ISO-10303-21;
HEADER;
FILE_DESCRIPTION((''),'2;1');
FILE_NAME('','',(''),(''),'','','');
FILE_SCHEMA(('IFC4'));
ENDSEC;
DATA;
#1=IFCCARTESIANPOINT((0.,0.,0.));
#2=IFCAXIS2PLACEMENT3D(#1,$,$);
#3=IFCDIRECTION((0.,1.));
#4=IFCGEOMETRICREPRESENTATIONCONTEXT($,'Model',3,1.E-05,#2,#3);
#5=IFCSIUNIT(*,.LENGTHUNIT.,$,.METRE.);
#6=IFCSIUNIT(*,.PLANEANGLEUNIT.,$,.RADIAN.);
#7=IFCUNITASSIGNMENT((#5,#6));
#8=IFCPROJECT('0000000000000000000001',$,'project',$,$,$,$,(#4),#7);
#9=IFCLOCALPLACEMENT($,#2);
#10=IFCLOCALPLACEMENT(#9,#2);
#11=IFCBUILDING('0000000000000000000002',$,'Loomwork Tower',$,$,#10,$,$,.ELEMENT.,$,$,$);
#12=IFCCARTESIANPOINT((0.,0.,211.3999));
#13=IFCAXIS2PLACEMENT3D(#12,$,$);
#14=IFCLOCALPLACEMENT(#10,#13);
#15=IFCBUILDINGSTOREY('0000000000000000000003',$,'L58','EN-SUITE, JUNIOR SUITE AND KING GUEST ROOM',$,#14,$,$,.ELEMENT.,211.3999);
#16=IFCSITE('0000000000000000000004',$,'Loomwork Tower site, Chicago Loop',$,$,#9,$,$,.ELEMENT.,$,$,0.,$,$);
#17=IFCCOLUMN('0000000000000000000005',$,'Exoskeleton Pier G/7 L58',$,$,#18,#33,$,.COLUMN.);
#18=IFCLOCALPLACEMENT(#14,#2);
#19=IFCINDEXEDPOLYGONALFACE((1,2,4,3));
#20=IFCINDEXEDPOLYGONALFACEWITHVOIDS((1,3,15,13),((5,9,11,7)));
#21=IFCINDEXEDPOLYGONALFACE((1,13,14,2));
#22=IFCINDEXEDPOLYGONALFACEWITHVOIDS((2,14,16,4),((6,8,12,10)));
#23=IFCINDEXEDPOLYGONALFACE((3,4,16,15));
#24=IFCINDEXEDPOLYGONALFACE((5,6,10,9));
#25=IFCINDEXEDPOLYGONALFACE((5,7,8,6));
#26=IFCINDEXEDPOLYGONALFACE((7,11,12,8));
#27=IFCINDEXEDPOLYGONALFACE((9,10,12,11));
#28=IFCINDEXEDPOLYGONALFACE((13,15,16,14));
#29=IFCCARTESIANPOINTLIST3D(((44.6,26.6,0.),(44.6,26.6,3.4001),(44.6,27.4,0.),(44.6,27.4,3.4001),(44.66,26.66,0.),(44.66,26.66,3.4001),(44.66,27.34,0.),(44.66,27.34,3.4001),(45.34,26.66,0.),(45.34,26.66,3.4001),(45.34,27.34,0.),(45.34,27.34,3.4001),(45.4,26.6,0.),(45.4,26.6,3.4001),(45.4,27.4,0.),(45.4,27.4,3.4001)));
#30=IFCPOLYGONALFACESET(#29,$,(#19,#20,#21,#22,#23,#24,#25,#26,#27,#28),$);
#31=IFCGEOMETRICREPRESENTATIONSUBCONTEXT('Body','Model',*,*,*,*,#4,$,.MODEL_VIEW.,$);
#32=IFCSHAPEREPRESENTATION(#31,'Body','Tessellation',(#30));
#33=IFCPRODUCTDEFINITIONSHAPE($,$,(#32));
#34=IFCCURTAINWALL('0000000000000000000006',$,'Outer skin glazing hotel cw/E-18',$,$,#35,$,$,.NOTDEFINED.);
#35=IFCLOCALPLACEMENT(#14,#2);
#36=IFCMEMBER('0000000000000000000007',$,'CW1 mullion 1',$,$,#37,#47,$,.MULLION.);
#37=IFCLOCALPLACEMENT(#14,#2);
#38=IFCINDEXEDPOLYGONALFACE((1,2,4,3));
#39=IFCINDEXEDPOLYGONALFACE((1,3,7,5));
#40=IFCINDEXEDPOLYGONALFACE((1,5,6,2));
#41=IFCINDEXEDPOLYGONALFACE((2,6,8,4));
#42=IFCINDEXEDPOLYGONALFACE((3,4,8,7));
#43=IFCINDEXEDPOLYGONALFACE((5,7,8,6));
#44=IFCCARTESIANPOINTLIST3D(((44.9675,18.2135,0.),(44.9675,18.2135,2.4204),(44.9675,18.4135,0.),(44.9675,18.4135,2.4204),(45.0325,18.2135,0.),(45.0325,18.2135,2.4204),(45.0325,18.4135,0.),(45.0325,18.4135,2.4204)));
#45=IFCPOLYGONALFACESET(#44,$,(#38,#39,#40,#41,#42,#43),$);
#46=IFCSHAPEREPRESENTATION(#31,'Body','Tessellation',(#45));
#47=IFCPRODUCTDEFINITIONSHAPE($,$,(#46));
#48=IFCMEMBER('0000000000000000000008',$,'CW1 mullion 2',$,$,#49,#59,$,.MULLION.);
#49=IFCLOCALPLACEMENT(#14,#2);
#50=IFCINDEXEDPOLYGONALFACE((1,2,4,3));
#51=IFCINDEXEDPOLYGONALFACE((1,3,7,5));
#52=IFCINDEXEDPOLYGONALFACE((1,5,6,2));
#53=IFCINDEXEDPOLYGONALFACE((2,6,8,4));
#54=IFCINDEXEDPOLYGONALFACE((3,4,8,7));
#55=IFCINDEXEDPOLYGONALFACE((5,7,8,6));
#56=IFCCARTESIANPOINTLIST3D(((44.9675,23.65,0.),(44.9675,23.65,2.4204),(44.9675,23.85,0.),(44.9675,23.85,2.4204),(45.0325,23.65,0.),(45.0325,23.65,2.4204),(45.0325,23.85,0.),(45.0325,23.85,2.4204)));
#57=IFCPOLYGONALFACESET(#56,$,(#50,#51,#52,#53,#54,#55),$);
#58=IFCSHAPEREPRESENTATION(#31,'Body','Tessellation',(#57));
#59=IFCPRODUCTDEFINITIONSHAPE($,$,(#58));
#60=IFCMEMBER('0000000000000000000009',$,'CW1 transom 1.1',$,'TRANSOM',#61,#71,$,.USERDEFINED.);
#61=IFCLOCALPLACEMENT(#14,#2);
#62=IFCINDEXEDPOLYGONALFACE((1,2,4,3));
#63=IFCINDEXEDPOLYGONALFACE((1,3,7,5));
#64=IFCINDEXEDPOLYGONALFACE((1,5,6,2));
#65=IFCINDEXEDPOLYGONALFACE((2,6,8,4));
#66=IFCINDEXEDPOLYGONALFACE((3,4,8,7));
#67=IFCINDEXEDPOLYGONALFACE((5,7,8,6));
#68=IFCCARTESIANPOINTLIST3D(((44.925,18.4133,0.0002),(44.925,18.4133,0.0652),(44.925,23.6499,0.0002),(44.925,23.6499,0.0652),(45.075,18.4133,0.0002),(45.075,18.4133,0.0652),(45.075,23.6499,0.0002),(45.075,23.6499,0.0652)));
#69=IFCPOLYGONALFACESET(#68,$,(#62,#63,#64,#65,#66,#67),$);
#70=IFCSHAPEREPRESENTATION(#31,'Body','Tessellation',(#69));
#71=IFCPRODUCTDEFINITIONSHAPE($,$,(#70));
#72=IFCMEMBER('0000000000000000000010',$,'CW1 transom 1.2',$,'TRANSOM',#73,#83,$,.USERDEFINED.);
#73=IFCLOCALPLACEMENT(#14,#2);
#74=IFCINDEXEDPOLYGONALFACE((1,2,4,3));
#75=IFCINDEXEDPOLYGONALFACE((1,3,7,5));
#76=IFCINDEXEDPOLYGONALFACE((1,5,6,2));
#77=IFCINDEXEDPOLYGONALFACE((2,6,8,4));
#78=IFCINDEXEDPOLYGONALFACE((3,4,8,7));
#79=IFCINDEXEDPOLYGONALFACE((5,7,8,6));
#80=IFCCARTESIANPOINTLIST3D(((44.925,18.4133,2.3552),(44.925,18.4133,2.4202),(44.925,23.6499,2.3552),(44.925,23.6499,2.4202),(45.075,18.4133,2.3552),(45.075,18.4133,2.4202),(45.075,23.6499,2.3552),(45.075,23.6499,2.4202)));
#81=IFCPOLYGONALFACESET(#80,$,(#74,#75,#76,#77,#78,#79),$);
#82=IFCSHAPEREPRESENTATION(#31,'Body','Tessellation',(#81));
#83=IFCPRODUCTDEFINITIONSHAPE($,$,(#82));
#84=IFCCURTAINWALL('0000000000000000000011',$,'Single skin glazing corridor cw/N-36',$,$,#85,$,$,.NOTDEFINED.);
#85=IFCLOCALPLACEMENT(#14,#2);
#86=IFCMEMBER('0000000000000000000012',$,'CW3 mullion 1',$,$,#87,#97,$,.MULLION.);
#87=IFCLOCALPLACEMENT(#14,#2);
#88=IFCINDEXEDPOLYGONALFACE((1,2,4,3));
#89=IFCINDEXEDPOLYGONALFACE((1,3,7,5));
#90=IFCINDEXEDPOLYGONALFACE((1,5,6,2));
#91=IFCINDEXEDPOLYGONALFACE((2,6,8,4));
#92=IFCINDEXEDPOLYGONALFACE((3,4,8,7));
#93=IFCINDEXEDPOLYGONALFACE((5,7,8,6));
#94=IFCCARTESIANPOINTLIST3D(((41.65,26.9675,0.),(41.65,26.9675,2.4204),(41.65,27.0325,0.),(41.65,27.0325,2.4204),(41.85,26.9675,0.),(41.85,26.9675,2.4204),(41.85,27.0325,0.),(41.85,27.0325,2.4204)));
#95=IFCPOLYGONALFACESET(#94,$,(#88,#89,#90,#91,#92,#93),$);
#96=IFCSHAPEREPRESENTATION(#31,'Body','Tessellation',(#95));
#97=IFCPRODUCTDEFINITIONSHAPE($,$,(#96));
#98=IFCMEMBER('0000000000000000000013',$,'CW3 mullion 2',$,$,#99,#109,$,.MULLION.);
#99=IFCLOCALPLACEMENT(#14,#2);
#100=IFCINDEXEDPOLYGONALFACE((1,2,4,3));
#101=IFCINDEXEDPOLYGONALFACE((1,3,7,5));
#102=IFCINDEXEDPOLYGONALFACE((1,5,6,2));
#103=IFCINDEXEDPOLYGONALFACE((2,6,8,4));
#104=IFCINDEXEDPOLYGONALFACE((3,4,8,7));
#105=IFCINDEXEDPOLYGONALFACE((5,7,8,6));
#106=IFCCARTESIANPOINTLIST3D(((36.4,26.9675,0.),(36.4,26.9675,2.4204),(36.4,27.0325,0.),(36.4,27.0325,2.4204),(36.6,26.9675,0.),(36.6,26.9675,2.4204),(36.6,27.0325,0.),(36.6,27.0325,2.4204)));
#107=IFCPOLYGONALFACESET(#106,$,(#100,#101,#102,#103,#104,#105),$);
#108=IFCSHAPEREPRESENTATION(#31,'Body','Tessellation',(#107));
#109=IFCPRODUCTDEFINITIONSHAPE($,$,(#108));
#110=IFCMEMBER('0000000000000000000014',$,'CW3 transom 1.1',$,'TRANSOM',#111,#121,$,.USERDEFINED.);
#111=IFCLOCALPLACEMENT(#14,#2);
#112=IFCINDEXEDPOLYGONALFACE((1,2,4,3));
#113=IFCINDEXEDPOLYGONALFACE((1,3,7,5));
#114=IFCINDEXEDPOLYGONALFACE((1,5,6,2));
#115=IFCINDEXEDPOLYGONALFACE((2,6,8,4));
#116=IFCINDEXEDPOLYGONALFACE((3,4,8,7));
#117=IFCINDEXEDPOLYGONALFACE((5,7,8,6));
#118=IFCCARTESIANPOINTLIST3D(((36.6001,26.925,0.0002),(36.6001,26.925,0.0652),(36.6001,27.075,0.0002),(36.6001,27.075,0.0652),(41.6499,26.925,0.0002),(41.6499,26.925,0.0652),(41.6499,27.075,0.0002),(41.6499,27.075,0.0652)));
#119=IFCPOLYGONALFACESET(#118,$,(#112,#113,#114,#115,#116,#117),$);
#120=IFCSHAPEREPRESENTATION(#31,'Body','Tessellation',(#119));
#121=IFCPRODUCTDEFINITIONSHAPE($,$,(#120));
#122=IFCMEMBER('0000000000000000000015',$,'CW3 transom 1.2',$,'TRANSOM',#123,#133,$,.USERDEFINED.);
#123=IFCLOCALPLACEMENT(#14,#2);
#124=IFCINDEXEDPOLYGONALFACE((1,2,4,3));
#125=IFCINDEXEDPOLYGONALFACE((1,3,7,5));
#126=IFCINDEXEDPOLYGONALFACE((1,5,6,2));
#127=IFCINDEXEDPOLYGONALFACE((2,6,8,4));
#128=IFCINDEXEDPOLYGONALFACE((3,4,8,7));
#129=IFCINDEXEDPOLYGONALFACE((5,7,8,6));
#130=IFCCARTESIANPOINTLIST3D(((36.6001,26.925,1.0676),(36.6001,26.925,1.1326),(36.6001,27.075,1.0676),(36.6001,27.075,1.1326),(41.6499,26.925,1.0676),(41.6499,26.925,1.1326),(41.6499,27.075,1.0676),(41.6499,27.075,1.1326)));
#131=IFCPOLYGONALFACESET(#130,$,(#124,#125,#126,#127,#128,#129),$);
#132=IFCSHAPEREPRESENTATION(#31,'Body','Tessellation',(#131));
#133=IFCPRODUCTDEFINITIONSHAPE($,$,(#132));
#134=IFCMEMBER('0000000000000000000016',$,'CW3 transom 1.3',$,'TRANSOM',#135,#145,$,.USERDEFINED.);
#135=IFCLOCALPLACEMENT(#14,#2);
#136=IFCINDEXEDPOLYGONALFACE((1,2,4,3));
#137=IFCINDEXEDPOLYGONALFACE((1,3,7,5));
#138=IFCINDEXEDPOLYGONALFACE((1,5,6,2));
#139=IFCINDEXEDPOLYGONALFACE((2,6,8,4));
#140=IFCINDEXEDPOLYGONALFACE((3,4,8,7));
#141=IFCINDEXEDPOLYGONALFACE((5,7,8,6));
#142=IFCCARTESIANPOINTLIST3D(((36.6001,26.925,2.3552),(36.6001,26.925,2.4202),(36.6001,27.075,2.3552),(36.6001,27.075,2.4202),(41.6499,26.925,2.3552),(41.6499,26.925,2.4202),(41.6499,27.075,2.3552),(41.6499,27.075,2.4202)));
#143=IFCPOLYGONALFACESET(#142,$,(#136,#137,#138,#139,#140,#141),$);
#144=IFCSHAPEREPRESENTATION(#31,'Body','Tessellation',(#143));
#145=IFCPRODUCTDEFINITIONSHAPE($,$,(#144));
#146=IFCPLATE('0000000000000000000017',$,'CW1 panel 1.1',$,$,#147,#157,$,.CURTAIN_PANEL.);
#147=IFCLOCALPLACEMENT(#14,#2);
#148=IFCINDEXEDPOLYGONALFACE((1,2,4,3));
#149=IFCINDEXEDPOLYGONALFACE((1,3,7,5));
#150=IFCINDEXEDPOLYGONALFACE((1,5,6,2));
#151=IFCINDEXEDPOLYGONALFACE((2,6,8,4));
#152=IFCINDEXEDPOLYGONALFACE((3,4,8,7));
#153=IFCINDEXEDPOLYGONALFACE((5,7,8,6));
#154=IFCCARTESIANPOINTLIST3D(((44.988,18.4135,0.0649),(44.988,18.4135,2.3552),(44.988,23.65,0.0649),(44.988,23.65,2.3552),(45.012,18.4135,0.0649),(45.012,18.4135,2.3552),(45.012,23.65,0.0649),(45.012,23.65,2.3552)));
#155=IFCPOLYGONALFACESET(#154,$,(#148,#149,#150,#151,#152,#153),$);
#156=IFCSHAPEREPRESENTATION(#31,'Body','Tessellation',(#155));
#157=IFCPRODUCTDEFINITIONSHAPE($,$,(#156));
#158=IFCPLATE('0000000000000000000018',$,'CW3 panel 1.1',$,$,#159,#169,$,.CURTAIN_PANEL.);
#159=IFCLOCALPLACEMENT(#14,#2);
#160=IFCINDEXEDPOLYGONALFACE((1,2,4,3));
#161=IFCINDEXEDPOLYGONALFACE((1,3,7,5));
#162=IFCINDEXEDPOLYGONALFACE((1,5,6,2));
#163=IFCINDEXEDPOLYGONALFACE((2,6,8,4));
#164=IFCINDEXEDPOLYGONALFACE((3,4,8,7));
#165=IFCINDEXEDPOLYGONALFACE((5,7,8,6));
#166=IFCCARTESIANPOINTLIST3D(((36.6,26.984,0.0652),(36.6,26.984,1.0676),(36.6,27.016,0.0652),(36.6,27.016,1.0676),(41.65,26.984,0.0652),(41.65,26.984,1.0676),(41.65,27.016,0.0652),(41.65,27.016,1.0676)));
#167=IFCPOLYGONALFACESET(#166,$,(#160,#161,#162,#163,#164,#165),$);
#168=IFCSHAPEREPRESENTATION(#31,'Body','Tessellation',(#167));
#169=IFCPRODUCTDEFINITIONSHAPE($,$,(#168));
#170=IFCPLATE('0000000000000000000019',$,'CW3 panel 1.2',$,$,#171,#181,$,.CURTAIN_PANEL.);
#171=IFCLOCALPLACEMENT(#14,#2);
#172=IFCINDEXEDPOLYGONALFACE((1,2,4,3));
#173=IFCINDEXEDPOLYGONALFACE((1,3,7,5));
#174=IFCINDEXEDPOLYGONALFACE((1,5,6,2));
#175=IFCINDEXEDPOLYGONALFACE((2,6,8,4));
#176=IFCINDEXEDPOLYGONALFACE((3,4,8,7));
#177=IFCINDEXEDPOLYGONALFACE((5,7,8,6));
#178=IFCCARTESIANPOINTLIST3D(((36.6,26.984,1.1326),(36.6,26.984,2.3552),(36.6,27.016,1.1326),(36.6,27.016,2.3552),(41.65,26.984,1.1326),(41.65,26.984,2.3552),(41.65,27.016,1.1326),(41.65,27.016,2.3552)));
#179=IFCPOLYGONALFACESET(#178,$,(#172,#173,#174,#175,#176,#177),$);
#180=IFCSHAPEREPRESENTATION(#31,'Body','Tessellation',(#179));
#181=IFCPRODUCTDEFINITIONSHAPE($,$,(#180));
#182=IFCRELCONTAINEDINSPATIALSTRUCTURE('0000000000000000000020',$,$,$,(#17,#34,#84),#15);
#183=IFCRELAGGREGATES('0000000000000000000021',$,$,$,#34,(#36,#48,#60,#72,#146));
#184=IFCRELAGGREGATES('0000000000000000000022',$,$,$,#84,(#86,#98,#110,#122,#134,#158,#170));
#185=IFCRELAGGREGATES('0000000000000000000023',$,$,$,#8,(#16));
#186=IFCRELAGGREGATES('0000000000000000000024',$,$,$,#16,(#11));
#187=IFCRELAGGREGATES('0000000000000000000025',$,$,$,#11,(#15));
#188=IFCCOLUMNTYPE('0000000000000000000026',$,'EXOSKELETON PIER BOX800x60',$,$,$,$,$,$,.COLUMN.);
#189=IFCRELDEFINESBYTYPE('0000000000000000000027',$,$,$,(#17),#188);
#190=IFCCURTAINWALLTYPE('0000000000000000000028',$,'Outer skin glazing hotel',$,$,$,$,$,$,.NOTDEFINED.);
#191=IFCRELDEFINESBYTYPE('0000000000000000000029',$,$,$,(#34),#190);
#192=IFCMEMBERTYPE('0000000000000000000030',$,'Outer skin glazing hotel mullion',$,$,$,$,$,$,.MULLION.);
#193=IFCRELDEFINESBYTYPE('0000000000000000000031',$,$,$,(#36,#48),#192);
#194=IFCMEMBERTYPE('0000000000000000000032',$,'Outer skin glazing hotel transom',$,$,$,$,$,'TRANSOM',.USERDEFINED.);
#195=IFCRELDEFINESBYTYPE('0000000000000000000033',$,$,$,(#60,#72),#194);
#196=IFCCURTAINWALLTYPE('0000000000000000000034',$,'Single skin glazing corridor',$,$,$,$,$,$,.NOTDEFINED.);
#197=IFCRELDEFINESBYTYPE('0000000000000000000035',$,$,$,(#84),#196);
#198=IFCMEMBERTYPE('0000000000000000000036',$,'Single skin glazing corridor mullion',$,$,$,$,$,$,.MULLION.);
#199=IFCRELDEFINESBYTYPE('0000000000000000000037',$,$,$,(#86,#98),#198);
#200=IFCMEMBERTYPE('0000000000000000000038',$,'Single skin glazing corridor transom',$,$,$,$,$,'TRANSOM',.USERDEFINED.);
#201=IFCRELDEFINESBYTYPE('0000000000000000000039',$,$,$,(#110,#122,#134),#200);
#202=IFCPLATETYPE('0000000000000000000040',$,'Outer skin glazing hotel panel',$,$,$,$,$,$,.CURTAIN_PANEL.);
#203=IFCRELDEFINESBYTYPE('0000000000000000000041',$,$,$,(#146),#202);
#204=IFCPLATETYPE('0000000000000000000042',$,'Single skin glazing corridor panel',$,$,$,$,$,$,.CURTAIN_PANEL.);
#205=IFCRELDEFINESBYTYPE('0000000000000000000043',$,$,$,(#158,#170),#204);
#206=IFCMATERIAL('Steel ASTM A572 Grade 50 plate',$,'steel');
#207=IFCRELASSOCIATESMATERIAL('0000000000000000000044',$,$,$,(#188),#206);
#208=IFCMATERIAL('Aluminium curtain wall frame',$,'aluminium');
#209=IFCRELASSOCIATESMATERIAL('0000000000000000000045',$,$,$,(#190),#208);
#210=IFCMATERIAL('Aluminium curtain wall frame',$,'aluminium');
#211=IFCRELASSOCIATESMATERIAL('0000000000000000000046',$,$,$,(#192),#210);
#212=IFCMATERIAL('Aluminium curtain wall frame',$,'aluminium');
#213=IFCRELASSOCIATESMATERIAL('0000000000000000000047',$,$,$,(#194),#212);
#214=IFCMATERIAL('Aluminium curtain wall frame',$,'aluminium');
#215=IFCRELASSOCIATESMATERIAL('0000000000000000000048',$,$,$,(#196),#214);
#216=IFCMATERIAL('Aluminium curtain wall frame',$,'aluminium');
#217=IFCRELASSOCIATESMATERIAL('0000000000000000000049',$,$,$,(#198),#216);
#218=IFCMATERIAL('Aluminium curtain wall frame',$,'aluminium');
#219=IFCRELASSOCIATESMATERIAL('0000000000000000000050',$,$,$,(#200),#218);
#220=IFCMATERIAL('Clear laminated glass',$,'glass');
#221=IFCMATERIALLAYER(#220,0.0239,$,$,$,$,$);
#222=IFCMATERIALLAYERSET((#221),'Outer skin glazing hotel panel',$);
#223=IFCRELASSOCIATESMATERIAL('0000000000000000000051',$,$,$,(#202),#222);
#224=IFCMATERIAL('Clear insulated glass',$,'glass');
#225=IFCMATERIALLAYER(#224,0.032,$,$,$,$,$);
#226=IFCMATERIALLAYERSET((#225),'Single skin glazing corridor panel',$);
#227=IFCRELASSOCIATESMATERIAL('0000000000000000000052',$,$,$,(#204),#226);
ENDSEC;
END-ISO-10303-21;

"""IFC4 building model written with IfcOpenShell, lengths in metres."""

from ifc_helpers import new_model, si_unit, direction, frame, origin, origin_2d, place, context, subcontext, project, spatial, rectangle, hollow_rectangle, extrude, material, layer, layer_set, material_profile, profile_set, type_object, element, aggregate, save


model = new_model("IFC4")

# Units and contexts
model_context = context("Model", 3, precision=1e-05, world=origin(), true_north=direction((0.0, 1.0)))
body_context = subcontext(model_context, "Body", "Model", "MODEL_VIEW")
ifc_project = project(units=[si_unit("LENGTHUNIT", "METRE"), si_unit("PLANEANGLEUNIT", "RADIAN")], contexts=[model_context])

# Site, building, storey
site_placement = place(None, origin())
site = spatial("IfcSite", under=ifc_project, at=site_placement, Name="Loomwork Tower site, Chicago Loop", CompositionType="ELEMENT", RefElevation=0.0)
building_placement = place(site_placement, origin())
building = spatial("IfcBuilding", under=site, at=building_placement, Name="Loomwork Tower", CompositionType="ELEMENT")
storey_placement = place(building_placement, frame((0.0, 0.0, 211.3999)))
storey = spatial("IfcBuildingStorey", under=building, at=storey_placement, Name="L58", Description="EN-SUITE, JUNIOR SUITE AND KING GUEST ROOM", CompositionType="ELEMENT", Elevation=211.3999)

# Column
ifc_material_1 = material(Name="Steel ASTM A572 Grade 50 plate", Category="steel")
ifc_material_profile_1 = material_profile(ifc_material_1, hollow_rectangle(XDim=0.8, YDim=0.8, WallThickness=0.0601, at=origin_2d()), Name="BOX800x60")
ifc_profile_set_1 = profile_set([ifc_material_profile_1], Name="Steel ASTM A572 Grade 50 plate")
column_type = type_object("IfcColumnType", Name="EXOSKELETON PIER BOX800x60", PredefinedType="COLUMN", material=ifc_profile_set_1)
column_placement = place(storey_placement, frame((45.0, 27.0, 0.0), z_axis=(0.0, 0.0, 1.0), x_axis=(0.0, 1.0, 0.0)))
element("IfcColumn", 1, at=column_placement, inside=storey, type_object=column_type, Name="Exoskeleton Pier G/7 L58", PredefinedType="COLUMN", context=body_context, shape_type="SweptSolid", body=[
    extrude(hollow_rectangle(XDim=0.8, YDim=0.8, WallThickness=0.0601, at=origin_2d()), origin(), (0.0, 0.0, 1.0), 3.4001),
])

# Curtain walls, members
ifc_material_2 = material(Name="Aluminium curtain wall frame", Category="aluminium")
curtain_wall_type_1 = type_object("IfcCurtainWallType", Name="Outer skin glazing hotel", PredefinedType="NOTDEFINED", material=ifc_material_2)
curtain_wall_1_placement = place(storey_placement, origin())
curtain_wall_1 = element("IfcCurtainWall", 2, at=curtain_wall_1_placement, inside=storey, type_object=curtain_wall_type_1, Name="Outer skin glazing hotel cw/E-18", PredefinedType="NOTDEFINED")
ifc_material_3 = material(Name="Aluminium curtain wall frame", Category="aluminium")
ifc_material_profile_2 = material_profile(ifc_material_3, rectangle(XDim=0.0649, YDim=0.2, at=origin_2d()), Name="AL 65x200")
ifc_profile_set_2 = profile_set([ifc_material_profile_2], Name="Aluminium curtain wall frame")
member_type_1 = type_object("IfcMemberType", Name="Outer skin glazing hotel mullion", PredefinedType="MULLION", material=ifc_profile_set_2)
member_1_placement = place(storey_placement, frame((45.0, 18.3135, 0.0), z_axis=(0.0, 0.0, 1.0), x_axis=(-1.0, 0.0, 0.0)))
member_1 = element("IfcMember", 3, at=member_1_placement, type_object=member_type_1, Name="CW1 mullion 1", PredefinedType="MULLION", context=body_context, shape_type="SweptSolid", body=[
    extrude(rectangle(XDim=0.0649, YDim=0.2, at=origin_2d()), origin(), (0.0, 0.0, 1.0), 2.4204),
])
member_2_placement = place(storey_placement, frame((45.0, 23.75, 0.0), z_axis=(0.0, 0.0, 1.0), x_axis=(-1.0, 0.0, 0.0)))
member_2 = element("IfcMember", 4, at=member_2_placement, type_object=member_type_1, Name="CW1 mullion 2", PredefinedType="MULLION", context=body_context, shape_type="SweptSolid", body=[
    extrude(rectangle(XDim=0.0649, YDim=0.2, at=origin_2d()), origin(), (0.0, 0.0, 1.0), 2.4204),
])
ifc_material_4 = material(Name="Aluminium curtain wall frame", Category="aluminium")
ifc_material_profile_3 = material_profile(ifc_material_4, rectangle(XDim=0.1499, YDim=0.0649, at=origin_2d()), Name="AL 65x150")
ifc_profile_set_3 = profile_set([ifc_material_profile_3], Name="Aluminium curtain wall frame")
member_type_2 = type_object("IfcMemberType", Name="Outer skin glazing hotel transom", ElementType="TRANSOM", PredefinedType="USERDEFINED", material=ifc_profile_set_3)
member_3_placement = place(storey_placement, frame((45.0, 18.4133, 0.0327), z_axis=(0.0, 1.0, 0.0), x_axis=(-1.0, 0.0, 0.0)))
member_3 = element("IfcMember", 5, at=member_3_placement, type_object=member_type_2, Name="CW1 transom 1.1", ObjectType="TRANSOM", PredefinedType="USERDEFINED", context=body_context, shape_type="SweptSolid", body=[
    extrude(rectangle(XDim=0.1499, YDim=0.0649, at=origin_2d()), origin(), (0.0, 0.0, 1.0), 5.2366),
])
member_4_placement = place(storey_placement, frame((45.0, 18.4133, 2.3877), z_axis=(0.0, 1.0, 0.0), x_axis=(-1.0, 0.0, 0.0)))
member_4 = element("IfcMember", 6, at=member_4_placement, type_object=member_type_2, Name="CW1 transom 1.2", ObjectType="TRANSOM", PredefinedType="USERDEFINED", context=body_context, shape_type="SweptSolid", body=[
    extrude(rectangle(XDim=0.1499, YDim=0.0649, at=origin_2d()), origin(), (0.0, 0.0, 1.0), 5.2366),
])
ifc_material_5 = material(Name="Aluminium curtain wall frame", Category="aluminium")
curtain_wall_type_2 = type_object("IfcCurtainWallType", Name="Single skin glazing corridor", PredefinedType="NOTDEFINED", material=ifc_material_5)
curtain_wall_2_placement = place(storey_placement, origin())
curtain_wall_2 = element("IfcCurtainWall", 7, at=curtain_wall_2_placement, inside=storey, type_object=curtain_wall_type_2, Name="Single skin glazing corridor cw/N-36", PredefinedType="NOTDEFINED")
ifc_material_6 = material(Name="Aluminium curtain wall frame", Category="aluminium")
ifc_material_profile_4 = material_profile(ifc_material_6, rectangle(XDim=0.0649, YDim=0.2, at=origin_2d()), Name="AL 65x200")
ifc_profile_set_4 = profile_set([ifc_material_profile_4], Name="Aluminium curtain wall frame")
member_type_3 = type_object("IfcMemberType", Name="Single skin glazing corridor mullion", PredefinedType="MULLION", material=ifc_profile_set_4)
member_5_placement = place(storey_placement, frame((41.75, 27.0, 0.0), z_axis=(0.0, 0.0, 1.0), x_axis=(0.0, -1.0, 0.0)))
member_5 = element("IfcMember", 8, at=member_5_placement, type_object=member_type_3, Name="CW3 mullion 1", PredefinedType="MULLION", context=body_context, shape_type="SweptSolid", body=[
    extrude(rectangle(XDim=0.0649, YDim=0.2, at=origin_2d()), origin(), (0.0, 0.0, 1.0), 2.4204),
])
member_6_placement = place(storey_placement, frame((36.5, 27.0, 0.0), z_axis=(0.0, 0.0, 1.0), x_axis=(0.0, -1.0, 0.0)))
member_6 = element("IfcMember", 9, at=member_6_placement, type_object=member_type_3, Name="CW3 mullion 2", PredefinedType="MULLION", context=body_context, shape_type="SweptSolid", body=[
    extrude(rectangle(XDim=0.0649, YDim=0.2, at=origin_2d()), origin(), (0.0, 0.0, 1.0), 2.4204),
])
ifc_material_7 = material(Name="Aluminium curtain wall frame", Category="aluminium")
ifc_material_profile_5 = material_profile(ifc_material_7, rectangle(XDim=0.1499, YDim=0.0649, at=origin_2d()), Name="AL 65x150")
ifc_profile_set_5 = profile_set([ifc_material_profile_5], Name="Aluminium curtain wall frame")
member_type_4 = type_object("IfcMemberType", Name="Single skin glazing corridor transom", ElementType="TRANSOM", PredefinedType="USERDEFINED", material=ifc_profile_set_5)
member_7_placement = place(storey_placement, frame((41.6499, 27.0, 0.0327), z_axis=(-1.0, 0.0, 0.0), x_axis=(0.0, -1.0, 0.0)))
member_7 = element("IfcMember", 10, at=member_7_placement, type_object=member_type_4, Name="CW3 transom 1.1", ObjectType="TRANSOM", PredefinedType="USERDEFINED", context=body_context, shape_type="SweptSolid", body=[
    extrude(rectangle(XDim=0.1499, YDim=0.0649, at=origin_2d()), origin(), (0.0, 0.0, 1.0), 5.0498),
])
member_8_placement = place(storey_placement, frame((41.6499, 27.0, 1.1001), z_axis=(-1.0, 0.0, 0.0), x_axis=(0.0, -1.0, 0.0)))
member_8 = element("IfcMember", 11, at=member_8_placement, type_object=member_type_4, Name="CW3 transom 1.2", ObjectType="TRANSOM", PredefinedType="USERDEFINED", context=body_context, shape_type="SweptSolid", body=[
    extrude(rectangle(XDim=0.1499, YDim=0.0649, at=origin_2d()), origin(), (0.0, 0.0, 1.0), 5.0498),
])
member_9_placement = place(storey_placement, frame((41.6499, 27.0, 2.3877), z_axis=(-1.0, 0.0, 0.0), x_axis=(0.0, -1.0, 0.0)))
member_9 = element("IfcMember", 12, at=member_9_placement, type_object=member_type_4, Name="CW3 transom 1.3", ObjectType="TRANSOM", PredefinedType="USERDEFINED", context=body_context, shape_type="SweptSolid", body=[
    extrude(rectangle(XDim=0.1499, YDim=0.0649, at=origin_2d()), origin(), (0.0, 0.0, 1.0), 5.0498),
])

# Plates
ifc_material_8 = material(Name="Clear laminated glass", Category="glass")
ifc_layer_1 = layer(ifc_material_8, 0.0239)
ifc_layer_set_1 = layer_set([ifc_layer_1], Name="Outer skin glazing hotel panel")
plate_type_1 = type_object("IfcPlateType", Name="Outer skin glazing hotel panel", PredefinedType="CURTAIN_PANEL", material=ifc_layer_set_1)
plate_1_placement = place(storey_placement, frame((45.0, 21.0317, 0.0649), z_axis=(0.0, 0.0, 1.0), x_axis=(0.0, 1.0, 0.0)))
plate_1 = element("IfcPlate", 13, at=plate_1_placement, type_object=plate_type_1, Name="CW1 panel 1.1", PredefinedType="CURTAIN_PANEL", context=body_context, shape_type="SweptSolid", body=[
    extrude(rectangle(XDim=5.2366, YDim=0.0239, at=origin_2d()), origin(), (0.0, 0.0, 1.0), 2.2903),
])
aggregate(curtain_wall_1, [member_1, member_2, member_3, member_4, plate_1])
ifc_material_9 = material(Name="Clear insulated glass", Category="glass")
ifc_layer_2 = layer(ifc_material_9, 0.032)
ifc_layer_set_2 = layer_set([ifc_layer_2], Name="Single skin glazing corridor panel")
plate_type_2 = type_object("IfcPlateType", Name="Single skin glazing corridor panel", PredefinedType="CURTAIN_PANEL", material=ifc_layer_set_2)
plate_2_placement = place(storey_placement, frame((39.125, 27.0, 0.0652), z_axis=(0.0, 0.0, 1.0), x_axis=(-1.0, 0.0, 0.0)))
plate_2 = element("IfcPlate", 14, at=plate_2_placement, type_object=plate_type_2, Name="CW3 panel 1.1", PredefinedType="CURTAIN_PANEL", context=body_context, shape_type="SweptSolid", body=[
    extrude(rectangle(XDim=5.05, YDim=0.032, at=origin_2d()), origin(), (0.0, 0.0, 1.0), 1.0024),
])
plate_3_placement = place(storey_placement, frame((39.125, 27.0, 1.1326), z_axis=(0.0, 0.0, 1.0), x_axis=(-1.0, 0.0, 0.0)))
plate_3 = element("IfcPlate", 15, at=plate_3_placement, type_object=plate_type_2, Name="CW3 panel 1.2", PredefinedType="CURTAIN_PANEL", context=body_context, shape_type="SweptSolid", body=[
    extrude(rectangle(XDim=5.05, YDim=0.032, at=origin_2d()), origin(), (0.0, 0.0, 1.0), 1.2227),
])
aggregate(curtain_wall_2, [member_5, member_6, member_7, member_8, member_9, plate_2, plate_3])

save(model, "model.ifc")
